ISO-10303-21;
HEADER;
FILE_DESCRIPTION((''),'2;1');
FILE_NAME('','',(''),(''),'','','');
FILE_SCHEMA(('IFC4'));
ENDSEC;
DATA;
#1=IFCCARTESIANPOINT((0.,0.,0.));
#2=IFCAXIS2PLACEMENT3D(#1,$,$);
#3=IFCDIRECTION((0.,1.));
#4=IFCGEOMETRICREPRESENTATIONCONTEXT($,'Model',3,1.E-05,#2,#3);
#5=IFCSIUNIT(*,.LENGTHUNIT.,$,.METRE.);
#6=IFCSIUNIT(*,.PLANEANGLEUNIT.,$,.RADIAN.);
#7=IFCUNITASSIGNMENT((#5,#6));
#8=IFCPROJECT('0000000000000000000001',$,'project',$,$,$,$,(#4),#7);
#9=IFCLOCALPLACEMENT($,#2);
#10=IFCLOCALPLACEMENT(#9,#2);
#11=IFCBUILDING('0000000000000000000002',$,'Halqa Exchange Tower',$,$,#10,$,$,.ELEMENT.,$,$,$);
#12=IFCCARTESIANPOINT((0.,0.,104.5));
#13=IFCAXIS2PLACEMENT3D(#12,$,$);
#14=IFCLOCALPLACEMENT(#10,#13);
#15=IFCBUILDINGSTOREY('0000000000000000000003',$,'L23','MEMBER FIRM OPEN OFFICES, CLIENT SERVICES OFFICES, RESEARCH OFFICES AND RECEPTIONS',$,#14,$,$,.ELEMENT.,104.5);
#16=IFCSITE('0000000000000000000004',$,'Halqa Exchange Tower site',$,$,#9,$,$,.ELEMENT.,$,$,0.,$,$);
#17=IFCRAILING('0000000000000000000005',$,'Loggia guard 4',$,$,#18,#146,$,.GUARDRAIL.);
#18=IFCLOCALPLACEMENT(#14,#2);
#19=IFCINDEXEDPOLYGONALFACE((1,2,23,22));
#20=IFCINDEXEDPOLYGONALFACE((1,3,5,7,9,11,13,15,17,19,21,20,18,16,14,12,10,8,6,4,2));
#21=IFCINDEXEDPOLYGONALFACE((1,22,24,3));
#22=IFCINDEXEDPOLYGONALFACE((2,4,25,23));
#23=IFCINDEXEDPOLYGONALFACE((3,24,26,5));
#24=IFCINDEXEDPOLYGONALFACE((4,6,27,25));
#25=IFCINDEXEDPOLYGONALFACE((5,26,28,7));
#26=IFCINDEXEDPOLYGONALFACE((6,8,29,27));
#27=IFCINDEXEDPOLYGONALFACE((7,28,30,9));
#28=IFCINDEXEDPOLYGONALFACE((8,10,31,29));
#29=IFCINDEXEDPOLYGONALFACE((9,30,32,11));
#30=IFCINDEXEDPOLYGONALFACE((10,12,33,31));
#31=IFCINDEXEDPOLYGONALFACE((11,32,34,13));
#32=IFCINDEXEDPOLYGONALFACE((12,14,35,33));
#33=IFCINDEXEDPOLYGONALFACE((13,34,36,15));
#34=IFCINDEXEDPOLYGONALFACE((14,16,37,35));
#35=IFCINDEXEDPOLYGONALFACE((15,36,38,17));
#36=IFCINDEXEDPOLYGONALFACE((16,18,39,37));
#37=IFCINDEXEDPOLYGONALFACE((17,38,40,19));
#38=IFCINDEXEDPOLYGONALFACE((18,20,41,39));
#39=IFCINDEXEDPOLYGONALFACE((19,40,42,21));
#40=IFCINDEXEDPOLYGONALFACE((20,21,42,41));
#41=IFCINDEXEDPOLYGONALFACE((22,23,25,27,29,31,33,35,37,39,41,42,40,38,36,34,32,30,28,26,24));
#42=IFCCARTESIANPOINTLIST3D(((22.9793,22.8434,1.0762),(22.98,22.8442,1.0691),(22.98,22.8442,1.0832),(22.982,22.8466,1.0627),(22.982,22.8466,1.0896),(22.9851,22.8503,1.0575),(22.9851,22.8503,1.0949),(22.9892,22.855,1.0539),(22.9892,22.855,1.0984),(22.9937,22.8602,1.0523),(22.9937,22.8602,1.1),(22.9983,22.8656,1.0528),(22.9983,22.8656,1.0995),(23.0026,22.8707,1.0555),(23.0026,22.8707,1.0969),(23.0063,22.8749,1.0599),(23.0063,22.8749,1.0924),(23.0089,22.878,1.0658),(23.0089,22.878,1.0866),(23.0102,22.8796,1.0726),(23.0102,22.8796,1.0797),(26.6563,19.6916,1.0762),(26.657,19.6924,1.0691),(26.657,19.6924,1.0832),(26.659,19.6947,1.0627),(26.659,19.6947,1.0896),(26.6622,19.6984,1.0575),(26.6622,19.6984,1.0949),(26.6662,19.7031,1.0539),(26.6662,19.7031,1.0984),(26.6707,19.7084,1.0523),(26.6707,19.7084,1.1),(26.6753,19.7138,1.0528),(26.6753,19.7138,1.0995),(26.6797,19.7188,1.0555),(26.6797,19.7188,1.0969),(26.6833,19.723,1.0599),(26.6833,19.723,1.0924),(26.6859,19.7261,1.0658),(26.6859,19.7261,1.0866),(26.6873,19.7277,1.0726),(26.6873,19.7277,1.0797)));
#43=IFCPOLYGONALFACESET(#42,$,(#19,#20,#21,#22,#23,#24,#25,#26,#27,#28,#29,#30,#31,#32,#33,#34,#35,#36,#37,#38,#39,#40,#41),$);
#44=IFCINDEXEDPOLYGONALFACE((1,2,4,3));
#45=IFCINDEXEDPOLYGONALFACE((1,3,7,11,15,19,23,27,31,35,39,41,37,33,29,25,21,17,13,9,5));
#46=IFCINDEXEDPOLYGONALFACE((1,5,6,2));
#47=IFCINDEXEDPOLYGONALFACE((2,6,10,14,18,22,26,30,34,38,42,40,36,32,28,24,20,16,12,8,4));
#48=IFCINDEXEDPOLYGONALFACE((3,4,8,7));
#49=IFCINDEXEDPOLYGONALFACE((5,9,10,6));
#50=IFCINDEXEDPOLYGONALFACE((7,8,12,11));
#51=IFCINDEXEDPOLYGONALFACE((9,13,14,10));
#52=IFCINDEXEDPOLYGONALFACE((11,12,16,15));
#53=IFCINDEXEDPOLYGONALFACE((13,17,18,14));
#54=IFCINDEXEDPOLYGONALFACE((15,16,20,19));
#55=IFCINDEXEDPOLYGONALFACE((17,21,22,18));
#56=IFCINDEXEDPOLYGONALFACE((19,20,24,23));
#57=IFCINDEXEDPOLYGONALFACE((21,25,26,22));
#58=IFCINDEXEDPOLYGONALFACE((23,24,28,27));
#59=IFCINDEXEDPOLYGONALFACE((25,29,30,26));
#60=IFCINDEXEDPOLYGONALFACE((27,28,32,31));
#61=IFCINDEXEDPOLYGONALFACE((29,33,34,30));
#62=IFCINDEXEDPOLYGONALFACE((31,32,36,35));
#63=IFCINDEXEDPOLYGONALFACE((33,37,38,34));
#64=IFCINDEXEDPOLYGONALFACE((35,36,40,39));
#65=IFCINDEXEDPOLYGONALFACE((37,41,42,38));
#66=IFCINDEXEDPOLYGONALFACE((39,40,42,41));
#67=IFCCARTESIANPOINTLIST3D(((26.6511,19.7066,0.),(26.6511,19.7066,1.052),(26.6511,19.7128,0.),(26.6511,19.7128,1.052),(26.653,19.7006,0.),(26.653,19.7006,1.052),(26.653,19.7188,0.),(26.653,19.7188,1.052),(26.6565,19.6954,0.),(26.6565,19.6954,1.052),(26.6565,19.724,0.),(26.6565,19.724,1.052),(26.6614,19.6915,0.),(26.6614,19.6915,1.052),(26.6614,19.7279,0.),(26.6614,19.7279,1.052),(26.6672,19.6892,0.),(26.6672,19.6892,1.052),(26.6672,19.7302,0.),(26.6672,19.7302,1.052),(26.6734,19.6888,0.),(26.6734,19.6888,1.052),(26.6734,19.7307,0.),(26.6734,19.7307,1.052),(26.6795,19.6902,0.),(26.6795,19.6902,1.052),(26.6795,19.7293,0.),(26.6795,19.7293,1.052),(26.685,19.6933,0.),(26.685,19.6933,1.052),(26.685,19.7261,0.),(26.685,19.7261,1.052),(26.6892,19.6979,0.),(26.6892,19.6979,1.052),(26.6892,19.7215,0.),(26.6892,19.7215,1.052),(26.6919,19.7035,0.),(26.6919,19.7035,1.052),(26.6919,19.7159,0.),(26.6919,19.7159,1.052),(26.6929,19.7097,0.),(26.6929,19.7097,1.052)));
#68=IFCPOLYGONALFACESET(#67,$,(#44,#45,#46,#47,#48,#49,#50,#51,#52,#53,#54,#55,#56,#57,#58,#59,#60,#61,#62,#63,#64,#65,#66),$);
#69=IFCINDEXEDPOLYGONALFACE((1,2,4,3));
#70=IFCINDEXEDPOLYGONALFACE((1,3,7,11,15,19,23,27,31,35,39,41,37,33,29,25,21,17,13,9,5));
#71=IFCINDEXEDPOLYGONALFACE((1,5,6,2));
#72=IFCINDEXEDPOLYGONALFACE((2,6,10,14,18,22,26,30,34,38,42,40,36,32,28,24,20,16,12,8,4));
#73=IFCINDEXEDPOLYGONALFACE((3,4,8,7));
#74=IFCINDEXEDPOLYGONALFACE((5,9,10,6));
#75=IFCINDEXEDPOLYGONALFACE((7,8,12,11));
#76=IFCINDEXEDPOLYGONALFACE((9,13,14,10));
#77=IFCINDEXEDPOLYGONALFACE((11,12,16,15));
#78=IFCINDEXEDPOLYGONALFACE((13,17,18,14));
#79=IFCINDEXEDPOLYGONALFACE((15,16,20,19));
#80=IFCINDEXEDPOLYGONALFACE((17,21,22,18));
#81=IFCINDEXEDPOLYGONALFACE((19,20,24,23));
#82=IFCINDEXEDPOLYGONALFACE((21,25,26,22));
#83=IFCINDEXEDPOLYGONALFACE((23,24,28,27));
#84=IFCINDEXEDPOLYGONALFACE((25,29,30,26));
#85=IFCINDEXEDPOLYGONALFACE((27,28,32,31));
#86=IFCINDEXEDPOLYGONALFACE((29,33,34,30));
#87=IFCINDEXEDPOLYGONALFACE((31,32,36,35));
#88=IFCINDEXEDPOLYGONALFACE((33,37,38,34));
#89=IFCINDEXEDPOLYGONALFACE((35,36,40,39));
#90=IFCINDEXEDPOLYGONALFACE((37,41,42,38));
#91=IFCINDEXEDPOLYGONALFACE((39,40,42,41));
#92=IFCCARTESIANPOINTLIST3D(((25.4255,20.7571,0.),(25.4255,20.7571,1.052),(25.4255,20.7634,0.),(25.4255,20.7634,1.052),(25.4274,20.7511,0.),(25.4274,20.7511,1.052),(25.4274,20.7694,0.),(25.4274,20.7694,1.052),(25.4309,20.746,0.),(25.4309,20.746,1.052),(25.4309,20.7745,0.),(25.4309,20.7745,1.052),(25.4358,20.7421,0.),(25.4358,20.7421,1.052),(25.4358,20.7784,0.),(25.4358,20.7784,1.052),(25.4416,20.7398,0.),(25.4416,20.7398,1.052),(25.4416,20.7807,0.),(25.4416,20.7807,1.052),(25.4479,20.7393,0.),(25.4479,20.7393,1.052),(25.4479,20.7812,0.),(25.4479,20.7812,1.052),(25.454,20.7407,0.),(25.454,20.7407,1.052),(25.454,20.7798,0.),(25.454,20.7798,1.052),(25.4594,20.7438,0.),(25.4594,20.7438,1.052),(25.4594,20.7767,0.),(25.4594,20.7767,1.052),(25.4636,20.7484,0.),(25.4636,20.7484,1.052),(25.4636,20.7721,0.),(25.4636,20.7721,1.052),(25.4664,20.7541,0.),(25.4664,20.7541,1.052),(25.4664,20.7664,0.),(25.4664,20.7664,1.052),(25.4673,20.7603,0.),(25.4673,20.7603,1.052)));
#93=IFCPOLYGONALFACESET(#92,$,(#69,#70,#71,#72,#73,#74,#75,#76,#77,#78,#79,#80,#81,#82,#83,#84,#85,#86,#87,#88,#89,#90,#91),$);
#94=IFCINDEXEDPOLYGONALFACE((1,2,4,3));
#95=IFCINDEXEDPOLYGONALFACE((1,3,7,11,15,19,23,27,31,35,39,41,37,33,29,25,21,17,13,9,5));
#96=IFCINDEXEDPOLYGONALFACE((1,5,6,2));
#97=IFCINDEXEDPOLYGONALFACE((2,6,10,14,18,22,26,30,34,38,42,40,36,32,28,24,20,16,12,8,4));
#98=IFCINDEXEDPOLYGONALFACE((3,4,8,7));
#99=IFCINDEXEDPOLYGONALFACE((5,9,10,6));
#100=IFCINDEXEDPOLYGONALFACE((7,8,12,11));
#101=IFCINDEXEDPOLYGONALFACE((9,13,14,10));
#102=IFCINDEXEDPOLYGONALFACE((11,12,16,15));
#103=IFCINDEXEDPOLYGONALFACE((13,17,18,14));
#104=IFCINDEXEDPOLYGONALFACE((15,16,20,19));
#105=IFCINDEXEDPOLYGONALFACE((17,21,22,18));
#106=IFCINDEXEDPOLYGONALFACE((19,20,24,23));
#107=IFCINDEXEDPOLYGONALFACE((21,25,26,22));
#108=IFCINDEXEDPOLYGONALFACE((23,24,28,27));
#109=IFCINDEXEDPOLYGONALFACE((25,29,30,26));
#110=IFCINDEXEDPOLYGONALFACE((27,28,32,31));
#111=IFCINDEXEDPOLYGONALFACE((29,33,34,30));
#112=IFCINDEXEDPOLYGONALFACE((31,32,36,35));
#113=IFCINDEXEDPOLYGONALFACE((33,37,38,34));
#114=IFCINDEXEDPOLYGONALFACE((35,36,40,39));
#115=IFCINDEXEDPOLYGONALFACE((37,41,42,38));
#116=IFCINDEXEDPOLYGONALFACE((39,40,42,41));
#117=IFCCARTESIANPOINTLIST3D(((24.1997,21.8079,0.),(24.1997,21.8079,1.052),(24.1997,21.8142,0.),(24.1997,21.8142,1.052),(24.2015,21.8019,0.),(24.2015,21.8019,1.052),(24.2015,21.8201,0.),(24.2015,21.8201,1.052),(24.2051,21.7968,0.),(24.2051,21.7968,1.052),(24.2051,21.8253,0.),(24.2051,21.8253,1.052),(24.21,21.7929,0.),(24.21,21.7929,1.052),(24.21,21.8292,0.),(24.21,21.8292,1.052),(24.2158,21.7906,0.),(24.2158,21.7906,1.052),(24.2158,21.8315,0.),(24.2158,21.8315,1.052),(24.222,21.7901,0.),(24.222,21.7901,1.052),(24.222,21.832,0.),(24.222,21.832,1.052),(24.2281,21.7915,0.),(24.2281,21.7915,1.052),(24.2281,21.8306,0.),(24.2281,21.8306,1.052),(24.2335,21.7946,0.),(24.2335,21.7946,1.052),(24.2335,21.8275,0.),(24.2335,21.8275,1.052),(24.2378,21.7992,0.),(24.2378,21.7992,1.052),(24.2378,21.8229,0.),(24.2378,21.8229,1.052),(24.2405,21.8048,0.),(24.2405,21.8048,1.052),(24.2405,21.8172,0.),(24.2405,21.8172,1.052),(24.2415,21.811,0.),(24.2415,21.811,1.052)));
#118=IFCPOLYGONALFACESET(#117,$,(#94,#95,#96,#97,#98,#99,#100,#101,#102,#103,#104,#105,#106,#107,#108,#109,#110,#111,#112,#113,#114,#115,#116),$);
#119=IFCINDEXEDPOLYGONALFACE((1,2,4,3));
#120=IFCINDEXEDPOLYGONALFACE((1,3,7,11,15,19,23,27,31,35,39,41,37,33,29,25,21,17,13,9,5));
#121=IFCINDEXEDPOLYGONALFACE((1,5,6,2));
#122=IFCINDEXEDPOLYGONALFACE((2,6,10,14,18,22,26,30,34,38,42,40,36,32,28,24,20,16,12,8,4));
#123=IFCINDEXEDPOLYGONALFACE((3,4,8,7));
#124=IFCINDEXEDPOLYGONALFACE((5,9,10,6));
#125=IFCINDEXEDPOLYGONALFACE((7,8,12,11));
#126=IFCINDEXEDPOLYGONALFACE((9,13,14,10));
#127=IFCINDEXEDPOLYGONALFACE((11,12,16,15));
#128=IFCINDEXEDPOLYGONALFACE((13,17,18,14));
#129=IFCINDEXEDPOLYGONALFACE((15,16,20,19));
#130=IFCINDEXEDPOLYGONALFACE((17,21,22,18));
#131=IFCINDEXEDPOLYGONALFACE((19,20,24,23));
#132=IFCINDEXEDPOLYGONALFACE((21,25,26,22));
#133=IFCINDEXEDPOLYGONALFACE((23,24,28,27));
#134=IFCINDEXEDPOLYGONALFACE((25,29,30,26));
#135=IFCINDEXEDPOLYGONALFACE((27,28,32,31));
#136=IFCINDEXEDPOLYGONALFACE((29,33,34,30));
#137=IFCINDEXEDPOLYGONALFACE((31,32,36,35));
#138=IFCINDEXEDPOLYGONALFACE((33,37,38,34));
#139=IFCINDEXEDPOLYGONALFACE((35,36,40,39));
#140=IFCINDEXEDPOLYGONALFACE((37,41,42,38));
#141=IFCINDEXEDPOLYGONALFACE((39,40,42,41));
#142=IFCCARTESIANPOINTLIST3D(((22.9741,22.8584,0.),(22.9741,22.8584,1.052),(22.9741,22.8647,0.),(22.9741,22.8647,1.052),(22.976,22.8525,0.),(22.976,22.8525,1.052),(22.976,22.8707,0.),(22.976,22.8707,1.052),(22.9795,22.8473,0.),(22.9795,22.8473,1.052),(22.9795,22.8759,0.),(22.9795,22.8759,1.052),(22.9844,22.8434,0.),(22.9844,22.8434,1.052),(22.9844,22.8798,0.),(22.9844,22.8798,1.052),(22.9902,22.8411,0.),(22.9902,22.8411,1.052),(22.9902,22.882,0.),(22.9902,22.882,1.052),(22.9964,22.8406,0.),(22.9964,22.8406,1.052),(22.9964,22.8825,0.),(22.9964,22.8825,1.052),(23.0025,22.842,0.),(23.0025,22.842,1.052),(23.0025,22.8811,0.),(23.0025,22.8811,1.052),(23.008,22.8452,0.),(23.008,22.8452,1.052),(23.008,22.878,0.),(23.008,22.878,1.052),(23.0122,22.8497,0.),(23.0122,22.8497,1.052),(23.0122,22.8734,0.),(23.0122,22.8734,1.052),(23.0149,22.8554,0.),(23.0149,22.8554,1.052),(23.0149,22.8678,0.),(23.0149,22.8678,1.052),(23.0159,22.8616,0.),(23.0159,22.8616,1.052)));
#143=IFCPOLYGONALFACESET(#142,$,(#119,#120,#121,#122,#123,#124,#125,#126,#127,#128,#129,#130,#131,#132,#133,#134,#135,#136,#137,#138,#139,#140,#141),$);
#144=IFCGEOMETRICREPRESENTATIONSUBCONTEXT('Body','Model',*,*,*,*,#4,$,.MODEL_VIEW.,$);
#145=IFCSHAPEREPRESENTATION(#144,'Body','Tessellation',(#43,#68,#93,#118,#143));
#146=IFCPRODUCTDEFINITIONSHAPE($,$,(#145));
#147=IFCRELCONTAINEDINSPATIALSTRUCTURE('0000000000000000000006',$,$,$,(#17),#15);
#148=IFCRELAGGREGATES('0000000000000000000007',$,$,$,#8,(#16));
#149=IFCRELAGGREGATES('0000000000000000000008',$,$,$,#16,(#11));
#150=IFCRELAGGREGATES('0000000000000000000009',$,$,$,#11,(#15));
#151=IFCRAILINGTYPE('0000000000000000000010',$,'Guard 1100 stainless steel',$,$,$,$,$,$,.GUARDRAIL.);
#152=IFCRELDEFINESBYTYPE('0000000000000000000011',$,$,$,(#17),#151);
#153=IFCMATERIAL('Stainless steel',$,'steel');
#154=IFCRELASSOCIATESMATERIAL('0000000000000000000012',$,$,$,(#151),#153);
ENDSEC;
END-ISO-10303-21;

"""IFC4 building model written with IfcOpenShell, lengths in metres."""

from ifc_helpers import new_model, si_unit, direction, frame, origin, origin_2d, place, context, subcontext, project, spatial, circle, extrude, material, type_object, element, save


model = new_model("IFC4")

# Units and contexts
model_context = context("Model", 3, precision=1e-05, world=origin(), true_north=direction((0.0, 1.0)))
body_context = subcontext(model_context, "Body", "Model", "MODEL_VIEW")
ifc_project = project(units=[si_unit("LENGTHUNIT", "METRE"), si_unit("PLANEANGLEUNIT", "RADIAN")], contexts=[model_context])

# Site, building, storey
site_placement = place(None, origin())
site = spatial("IfcSite", under=ifc_project, at=site_placement, Name="Halqa Exchange Tower site", CompositionType="ELEMENT", RefElevation=0.0)
building_placement = place(site_placement, origin())
building = spatial("IfcBuilding", under=site, at=building_placement, Name="Halqa Exchange Tower", CompositionType="ELEMENT")
storey_placement = place(building_placement, frame((0.0, 0.0, 104.5)))
storey = spatial("IfcBuildingStorey", under=building, at=storey_placement, Name="L23", Description="MEMBER FIRM OPEN OFFICES, CLIENT SERVICES OFFICES, RESEARCH OFFICES AND RECEPTIONS", CompositionType="ELEMENT", Elevation=104.5)

# Railing
ifc_material_1 = material(Name="Stainless steel", Category="steel")
railing_type = type_object("IfcRailingType", Name="Guard 1100 stainless steel", PredefinedType="GUARDRAIL", material=ifc_material_1)
railing_1_placement = place(storey_placement, frame((26.6719, 19.7097, 0.0)))
element("IfcRailing", 1, at=railing_1_placement, inside=storey, type_object=railing_type, Name="Loggia guard 4", PredefinedType="GUARDRAIL", context=body_context, shape_type="SweptSolid", body=[
    extrude(circle(Radius=0.0239, at=origin_2d()), frame((0.0, 0.0, 1.0762), z_axis=(-0.759242, 0.650808, 0.0), x_axis=(-0.650808, -0.759242, 0.0)), (0.0, 0.0, 1.0), 4.843),
    extrude(circle(Radius=0.021, at=origin_2d()), origin(), (0.0, 0.0, 1.0), 1.052),
    extrude(circle(Radius=0.021, at=origin_2d()), frame((-1.2256, 1.0505, 0.0)), (0.0, 0.0, 1.0), 1.052),
    extrude(circle(Radius=0.021, at=origin_2d()), frame((-2.4514, 2.1013, 0.0)), (0.0, 0.0, 1.0), 1.052),
    extrude(circle(Radius=0.021, at=origin_2d()), frame((-3.677, 3.1519, 0.0)), (0.0, 0.0, 1.0), 1.052),
])

save(model, "model.ifc")
